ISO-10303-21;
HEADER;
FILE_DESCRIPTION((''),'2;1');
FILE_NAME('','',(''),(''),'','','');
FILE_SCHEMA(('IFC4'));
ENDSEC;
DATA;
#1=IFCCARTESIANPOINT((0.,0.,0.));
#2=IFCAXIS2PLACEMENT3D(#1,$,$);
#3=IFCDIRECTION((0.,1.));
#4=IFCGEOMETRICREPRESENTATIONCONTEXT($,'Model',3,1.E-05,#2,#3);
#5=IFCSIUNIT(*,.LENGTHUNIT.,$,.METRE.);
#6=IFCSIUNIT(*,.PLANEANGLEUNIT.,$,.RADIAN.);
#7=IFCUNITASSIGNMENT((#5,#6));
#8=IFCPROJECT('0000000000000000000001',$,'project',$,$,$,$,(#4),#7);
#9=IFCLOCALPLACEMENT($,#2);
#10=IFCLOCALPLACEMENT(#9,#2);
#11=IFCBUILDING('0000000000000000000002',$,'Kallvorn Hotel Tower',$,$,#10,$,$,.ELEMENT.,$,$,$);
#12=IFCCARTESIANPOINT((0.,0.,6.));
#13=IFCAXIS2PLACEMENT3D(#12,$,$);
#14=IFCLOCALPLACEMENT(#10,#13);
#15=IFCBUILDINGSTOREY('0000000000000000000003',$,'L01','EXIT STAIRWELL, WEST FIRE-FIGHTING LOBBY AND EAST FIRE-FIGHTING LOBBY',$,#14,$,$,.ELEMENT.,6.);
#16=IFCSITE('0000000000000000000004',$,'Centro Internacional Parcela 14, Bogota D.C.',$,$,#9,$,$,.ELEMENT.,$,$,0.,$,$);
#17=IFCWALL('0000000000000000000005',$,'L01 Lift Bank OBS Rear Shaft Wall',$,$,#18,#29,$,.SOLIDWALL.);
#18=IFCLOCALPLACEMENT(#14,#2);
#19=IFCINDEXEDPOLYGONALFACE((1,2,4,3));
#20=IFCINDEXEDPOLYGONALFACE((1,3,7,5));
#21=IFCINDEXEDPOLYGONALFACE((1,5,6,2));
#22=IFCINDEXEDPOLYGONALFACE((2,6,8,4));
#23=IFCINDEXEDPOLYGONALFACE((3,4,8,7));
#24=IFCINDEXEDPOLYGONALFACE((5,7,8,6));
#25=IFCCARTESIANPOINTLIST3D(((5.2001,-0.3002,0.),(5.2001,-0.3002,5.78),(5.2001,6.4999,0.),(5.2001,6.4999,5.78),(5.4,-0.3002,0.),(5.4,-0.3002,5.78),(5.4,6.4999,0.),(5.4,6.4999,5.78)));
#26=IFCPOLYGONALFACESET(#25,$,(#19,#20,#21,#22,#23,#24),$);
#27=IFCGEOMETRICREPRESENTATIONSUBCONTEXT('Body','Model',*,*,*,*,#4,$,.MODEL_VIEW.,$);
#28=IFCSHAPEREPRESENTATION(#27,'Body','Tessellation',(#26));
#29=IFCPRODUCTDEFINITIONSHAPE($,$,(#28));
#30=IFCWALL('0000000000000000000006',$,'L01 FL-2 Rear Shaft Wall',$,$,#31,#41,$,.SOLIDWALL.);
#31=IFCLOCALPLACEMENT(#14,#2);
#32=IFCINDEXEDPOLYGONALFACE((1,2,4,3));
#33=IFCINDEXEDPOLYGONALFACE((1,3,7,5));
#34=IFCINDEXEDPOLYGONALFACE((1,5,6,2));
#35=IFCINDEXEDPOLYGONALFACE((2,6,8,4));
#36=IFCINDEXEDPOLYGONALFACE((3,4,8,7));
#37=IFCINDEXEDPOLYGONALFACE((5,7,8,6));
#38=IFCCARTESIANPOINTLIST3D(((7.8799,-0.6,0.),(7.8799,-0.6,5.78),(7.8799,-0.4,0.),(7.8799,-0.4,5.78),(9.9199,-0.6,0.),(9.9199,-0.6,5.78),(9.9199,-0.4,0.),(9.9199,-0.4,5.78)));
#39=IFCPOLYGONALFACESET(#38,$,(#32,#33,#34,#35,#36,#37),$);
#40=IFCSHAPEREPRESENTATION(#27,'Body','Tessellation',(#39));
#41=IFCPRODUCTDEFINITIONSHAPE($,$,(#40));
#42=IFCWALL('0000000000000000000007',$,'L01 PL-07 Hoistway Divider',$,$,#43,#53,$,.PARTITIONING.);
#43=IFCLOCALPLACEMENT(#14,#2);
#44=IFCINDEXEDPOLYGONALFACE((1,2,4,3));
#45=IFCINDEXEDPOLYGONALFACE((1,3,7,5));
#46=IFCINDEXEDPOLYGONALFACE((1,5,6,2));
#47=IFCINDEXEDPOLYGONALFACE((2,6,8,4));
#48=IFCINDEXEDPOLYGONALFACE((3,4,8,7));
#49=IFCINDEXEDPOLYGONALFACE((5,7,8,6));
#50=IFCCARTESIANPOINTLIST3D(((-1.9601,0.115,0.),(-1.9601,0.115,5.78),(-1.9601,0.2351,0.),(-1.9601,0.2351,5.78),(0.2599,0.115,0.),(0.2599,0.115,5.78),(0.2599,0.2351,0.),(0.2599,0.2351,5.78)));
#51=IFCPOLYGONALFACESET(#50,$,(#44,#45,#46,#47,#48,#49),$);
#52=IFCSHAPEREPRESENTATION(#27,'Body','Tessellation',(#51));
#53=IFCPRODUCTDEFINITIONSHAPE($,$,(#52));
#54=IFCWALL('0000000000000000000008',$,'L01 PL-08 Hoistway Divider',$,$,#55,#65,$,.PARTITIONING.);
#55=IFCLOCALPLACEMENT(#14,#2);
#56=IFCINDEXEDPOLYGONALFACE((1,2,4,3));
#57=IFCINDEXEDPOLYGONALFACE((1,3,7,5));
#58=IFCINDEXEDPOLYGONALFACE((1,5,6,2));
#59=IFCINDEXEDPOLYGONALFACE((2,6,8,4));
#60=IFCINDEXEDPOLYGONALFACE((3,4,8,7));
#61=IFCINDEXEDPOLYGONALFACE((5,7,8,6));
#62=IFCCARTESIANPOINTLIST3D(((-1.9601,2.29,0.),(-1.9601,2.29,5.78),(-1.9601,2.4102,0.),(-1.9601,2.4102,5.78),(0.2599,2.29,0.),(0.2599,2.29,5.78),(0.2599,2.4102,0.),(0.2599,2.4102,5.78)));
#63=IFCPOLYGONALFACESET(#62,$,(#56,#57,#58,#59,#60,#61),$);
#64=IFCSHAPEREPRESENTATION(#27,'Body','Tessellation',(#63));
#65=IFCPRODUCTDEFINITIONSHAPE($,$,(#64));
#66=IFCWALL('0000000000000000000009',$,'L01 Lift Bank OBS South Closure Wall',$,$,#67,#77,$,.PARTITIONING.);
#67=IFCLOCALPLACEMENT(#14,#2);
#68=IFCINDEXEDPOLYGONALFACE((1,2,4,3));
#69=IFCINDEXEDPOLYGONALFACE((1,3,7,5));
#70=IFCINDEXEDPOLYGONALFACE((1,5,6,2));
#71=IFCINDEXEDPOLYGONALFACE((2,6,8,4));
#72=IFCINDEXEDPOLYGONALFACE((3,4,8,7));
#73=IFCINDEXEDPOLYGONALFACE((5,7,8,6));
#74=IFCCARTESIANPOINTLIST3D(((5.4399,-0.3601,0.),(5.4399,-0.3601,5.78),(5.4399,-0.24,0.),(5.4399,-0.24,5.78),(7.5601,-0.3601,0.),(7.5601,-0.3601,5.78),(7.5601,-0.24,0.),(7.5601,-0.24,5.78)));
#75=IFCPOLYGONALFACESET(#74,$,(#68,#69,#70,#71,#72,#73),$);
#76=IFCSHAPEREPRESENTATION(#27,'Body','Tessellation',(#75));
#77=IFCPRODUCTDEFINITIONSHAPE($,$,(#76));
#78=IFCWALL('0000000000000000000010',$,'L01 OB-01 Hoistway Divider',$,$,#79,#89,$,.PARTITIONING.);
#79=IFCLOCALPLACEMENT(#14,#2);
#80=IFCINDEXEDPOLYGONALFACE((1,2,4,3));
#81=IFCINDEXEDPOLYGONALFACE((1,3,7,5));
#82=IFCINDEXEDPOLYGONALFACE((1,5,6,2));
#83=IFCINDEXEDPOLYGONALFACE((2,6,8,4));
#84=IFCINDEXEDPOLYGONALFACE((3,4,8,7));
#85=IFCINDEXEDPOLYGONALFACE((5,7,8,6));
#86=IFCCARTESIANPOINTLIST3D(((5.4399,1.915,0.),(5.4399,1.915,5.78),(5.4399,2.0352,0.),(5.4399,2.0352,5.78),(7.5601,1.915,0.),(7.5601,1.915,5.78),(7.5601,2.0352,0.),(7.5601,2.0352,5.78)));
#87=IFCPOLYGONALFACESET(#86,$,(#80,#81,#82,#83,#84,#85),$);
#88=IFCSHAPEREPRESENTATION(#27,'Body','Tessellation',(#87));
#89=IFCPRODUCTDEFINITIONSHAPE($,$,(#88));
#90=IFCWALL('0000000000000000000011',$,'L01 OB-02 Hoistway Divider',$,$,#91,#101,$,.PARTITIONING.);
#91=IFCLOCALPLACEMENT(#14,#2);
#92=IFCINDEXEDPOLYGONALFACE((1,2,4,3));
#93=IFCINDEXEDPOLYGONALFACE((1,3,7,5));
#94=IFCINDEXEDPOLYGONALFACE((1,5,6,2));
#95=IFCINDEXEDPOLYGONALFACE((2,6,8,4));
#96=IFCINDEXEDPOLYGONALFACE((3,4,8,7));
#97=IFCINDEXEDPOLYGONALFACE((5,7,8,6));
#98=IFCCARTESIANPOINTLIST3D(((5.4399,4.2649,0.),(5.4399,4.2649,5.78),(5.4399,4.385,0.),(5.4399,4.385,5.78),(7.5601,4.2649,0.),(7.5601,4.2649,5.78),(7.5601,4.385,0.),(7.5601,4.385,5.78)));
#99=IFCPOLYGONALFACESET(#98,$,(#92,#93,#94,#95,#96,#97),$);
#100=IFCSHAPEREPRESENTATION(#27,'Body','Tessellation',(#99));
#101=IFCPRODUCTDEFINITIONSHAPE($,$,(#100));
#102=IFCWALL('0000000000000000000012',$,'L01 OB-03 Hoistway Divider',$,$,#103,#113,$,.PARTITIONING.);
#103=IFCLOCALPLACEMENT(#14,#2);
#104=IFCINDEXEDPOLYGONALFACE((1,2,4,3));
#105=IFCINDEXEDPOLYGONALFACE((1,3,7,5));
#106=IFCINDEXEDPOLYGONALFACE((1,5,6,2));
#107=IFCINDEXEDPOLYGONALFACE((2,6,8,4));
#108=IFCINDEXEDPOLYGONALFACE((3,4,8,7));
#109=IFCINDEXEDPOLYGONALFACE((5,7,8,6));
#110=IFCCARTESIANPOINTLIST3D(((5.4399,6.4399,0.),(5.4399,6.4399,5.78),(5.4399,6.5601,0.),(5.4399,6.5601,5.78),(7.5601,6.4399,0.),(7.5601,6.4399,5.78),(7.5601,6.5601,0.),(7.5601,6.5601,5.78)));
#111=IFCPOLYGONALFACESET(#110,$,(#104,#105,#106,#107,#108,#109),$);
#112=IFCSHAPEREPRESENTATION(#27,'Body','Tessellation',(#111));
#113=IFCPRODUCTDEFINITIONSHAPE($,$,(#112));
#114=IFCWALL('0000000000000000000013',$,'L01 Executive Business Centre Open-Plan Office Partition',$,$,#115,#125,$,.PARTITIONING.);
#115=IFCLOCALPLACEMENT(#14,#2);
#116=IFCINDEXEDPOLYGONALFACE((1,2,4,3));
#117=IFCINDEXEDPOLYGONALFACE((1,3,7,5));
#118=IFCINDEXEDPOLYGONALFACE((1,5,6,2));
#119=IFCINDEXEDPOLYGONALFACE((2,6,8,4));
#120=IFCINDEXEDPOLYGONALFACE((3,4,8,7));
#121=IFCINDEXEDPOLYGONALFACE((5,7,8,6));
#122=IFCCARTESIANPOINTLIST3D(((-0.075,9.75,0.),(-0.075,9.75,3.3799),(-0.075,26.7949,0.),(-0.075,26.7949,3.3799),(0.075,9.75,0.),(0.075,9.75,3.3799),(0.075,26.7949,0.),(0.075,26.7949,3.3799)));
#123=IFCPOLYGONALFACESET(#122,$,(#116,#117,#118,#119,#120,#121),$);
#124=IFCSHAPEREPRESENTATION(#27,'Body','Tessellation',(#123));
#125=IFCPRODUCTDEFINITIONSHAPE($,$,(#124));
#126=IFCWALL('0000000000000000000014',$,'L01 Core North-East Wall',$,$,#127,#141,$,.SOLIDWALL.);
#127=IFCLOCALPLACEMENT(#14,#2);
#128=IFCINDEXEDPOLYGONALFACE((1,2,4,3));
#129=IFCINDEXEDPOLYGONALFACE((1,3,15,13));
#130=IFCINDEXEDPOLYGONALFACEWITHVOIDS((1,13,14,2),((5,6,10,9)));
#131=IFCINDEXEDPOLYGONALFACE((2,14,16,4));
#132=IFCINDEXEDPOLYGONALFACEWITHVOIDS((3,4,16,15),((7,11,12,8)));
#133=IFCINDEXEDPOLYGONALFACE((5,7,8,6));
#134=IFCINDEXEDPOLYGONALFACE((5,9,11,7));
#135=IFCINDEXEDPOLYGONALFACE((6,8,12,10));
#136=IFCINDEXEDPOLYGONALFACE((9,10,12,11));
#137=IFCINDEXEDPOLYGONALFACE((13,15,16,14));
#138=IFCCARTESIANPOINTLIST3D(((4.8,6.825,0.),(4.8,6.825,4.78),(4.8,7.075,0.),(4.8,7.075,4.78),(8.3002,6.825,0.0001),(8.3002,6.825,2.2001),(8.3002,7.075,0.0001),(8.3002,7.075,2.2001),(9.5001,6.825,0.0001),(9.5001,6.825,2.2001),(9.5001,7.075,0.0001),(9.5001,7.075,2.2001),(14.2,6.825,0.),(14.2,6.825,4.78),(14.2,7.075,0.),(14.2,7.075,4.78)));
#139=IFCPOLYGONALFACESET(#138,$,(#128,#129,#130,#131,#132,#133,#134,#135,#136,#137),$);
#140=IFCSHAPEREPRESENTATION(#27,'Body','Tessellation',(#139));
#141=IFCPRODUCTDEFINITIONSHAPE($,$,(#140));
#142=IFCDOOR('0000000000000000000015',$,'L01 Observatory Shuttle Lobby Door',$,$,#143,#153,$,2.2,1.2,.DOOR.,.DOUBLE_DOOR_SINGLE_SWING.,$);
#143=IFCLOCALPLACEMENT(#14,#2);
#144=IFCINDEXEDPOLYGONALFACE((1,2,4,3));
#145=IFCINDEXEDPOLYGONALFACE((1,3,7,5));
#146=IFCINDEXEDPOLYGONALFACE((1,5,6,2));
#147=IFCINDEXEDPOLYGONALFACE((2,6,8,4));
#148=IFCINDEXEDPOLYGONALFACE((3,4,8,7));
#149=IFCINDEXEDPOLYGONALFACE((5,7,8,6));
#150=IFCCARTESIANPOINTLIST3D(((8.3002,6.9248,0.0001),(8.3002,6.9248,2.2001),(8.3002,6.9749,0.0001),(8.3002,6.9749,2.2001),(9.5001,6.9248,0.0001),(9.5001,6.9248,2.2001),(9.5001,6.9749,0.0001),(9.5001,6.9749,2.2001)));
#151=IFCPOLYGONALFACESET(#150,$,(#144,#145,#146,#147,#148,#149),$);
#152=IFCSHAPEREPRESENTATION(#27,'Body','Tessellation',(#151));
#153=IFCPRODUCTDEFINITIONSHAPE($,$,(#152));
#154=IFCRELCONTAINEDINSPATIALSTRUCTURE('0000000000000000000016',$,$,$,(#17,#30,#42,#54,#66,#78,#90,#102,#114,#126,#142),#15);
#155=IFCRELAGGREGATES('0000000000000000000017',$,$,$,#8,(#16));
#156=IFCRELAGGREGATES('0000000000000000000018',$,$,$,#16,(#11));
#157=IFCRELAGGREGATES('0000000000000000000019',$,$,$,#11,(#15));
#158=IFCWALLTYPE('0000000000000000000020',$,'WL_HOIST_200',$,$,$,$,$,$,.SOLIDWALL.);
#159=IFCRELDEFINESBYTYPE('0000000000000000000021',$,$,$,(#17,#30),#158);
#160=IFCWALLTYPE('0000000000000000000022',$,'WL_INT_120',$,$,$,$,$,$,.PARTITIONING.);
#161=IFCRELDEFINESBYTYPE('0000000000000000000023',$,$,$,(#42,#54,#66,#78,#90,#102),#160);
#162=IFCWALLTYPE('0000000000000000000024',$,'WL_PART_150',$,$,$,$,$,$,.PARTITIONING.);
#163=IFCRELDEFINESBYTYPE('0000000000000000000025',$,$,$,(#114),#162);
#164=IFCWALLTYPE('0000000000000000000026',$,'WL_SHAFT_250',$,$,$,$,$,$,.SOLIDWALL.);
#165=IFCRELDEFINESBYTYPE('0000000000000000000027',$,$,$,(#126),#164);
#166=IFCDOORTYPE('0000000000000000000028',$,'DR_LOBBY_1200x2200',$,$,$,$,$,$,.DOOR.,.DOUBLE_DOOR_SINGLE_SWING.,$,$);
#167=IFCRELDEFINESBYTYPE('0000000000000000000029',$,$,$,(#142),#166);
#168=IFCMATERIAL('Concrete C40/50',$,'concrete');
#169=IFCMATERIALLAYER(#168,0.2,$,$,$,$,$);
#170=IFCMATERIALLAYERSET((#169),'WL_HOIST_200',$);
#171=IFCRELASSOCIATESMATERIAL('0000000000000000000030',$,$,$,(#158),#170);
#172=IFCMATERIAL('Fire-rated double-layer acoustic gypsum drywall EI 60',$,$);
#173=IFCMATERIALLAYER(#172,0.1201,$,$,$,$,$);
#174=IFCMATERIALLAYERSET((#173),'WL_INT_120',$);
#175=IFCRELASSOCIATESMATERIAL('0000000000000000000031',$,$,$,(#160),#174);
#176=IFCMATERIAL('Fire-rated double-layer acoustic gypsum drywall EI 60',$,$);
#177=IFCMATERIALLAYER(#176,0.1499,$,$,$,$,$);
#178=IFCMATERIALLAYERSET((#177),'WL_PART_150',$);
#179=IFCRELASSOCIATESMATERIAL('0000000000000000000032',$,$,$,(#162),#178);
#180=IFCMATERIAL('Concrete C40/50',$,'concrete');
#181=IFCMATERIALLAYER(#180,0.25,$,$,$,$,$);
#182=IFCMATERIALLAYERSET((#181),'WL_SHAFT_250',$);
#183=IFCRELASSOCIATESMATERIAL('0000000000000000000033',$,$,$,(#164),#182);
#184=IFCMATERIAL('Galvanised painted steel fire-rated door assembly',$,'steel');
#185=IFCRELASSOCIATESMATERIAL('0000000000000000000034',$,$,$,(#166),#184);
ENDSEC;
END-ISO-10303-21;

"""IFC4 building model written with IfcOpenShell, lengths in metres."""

from ifc_helpers import new_model, si_unit, direction, frame, frame_2d, origin, place, context, subcontext, project, spatial, rectangle, extrude, material, layer, layer_set, type_object, element, fill, save


model = new_model("IFC4")

# Units and contexts
model_context = context("Model", 3, precision=1e-05, world=origin(), true_north=direction((0.0, 1.0)))
body_context = subcontext(model_context, "Body", "Model", "MODEL_VIEW")
ifc_project = project(units=[si_unit("LENGTHUNIT", "METRE"), si_unit("PLANEANGLEUNIT", "RADIAN")], contexts=[model_context])

# Site, building, storey
site_placement = place(None, origin())
site = spatial("IfcSite", under=ifc_project, at=site_placement, Name="Centro Internacional Parcela 14, Bogota D.C.", CompositionType="ELEMENT", RefElevation=0.0)
building_placement = place(site_placement, origin())
building = spatial("IfcBuilding", under=site, at=building_placement, Name="Kallvorn Hotel Tower", CompositionType="ELEMENT")
storey_placement = place(building_placement, frame((0.0, 0.0, 6.0)))
storey = spatial("IfcBuildingStorey", under=building, at=storey_placement, Name="L01", Description="EXIT STAIRWELL, WEST FIRE-FIGHTING LOBBY AND EAST FIRE-FIGHTING LOBBY", CompositionType="ELEMENT", Elevation=6.0)

# Walls
ifc_material_1 = material(Name="Concrete C40/50", Category="concrete")
ifc_layer_1 = layer(ifc_material_1, 0.2)
ifc_layer_set_1 = layer_set([ifc_layer_1], Name="WL_HOIST_200")
wall_type_1 = type_object("IfcWallType", Name="WL_HOIST_200", PredefinedType="SOLIDWALL", material=ifc_layer_set_1)
for number, where, z_axis, x_axis, name in (
    (1, (5.3, -0.3, 0.0), (0.0, 0.0, 1.0), (0.0, 1.0, 0.0), "L01 Lift Bank OBS Rear Shaft Wall"),
):
    element("IfcWall", number, at=place(storey_placement, frame(where, z_axis=z_axis, x_axis=x_axis)), inside=storey, type_object=wall_type_1, Name=name, PredefinedType="SOLIDWALL", context=body_context, shape_type="SweptSolid", body=[
        extrude(rectangle(XDim=6.8, YDim=0.2, at=frame_2d((3.3999, 0.0))), origin(), (0.0, 0.0, 1.0), 5.78),
    ])
wall_1_placement = place(storey_placement, frame((7.8799, -0.5, 0.0), z_axis=(0.0, 0.0, 1.0), x_axis=(1.0, 0.0, 0.0)))
element("IfcWall", 2, at=wall_1_placement, inside=storey, type_object=wall_type_1, Name="L01 FL-2 Rear Shaft Wall", PredefinedType="SOLIDWALL", context=body_context, shape_type="SweptSolid", body=[
    extrude(rectangle(XDim=2.04, YDim=0.2, at=frame_2d((1.02, 0.0))), origin(), (0.0, 0.0, 1.0), 5.78),
])
ifc_material_2 = material(Name="Fire-rated double-layer acoustic gypsum drywall EI 60")
ifc_layer_2 = layer(ifc_material_2, 0.1201)
ifc_layer_set_2 = layer_set([ifc_layer_2], Name="WL_INT_120")
wall_type_2 = type_object("IfcWallType", Name="WL_INT_120", PredefinedType="PARTITIONING", material=ifc_layer_set_2)
for number, where, z_axis, x_axis, name in (
    (3, (-1.96, 0.175, 0.0), (0.0, 0.0, 1.0), (1.0, 0.0, 0.0), "L01 PL-07 Hoistway Divider"),
    (4, (-1.96, 2.3501, 0.0), (0.0, 0.0, 1.0), (1.0, 0.0, 0.0), "L01 PL-08 Hoistway Divider"),
):
    element("IfcWall", number, at=place(storey_placement, frame(where, z_axis=z_axis, x_axis=x_axis)), inside=storey, type_object=wall_type_2, Name=name, PredefinedType="PARTITIONING", context=body_context, shape_type="SweptSolid", body=[
        extrude(rectangle(XDim=2.22, YDim=0.1201, at=frame_2d((1.1099, 0.0))), origin(), (0.0, 0.0, 1.0), 5.78),
    ])
for number, where, z_axis, x_axis, name in (
    (5, (5.4399, -0.3, 0.0), (0.0, 0.0, 1.0), (1.0, 0.0, 0.0), "L01 Lift Bank OBS South Closure Wall"),
    (6, (5.4399, 1.9751, 0.0), (0.0, 0.0, 1.0), (1.0, 0.0, 0.0), "L01 OB-01 Hoistway Divider"),
    (7, (5.4399, 4.325, 0.0), (0.0, 0.0, 1.0), (1.0, 0.0, 0.0), "L01 OB-02 Hoistway Divider"),
    (8, (5.4399, 6.5, 0.0), (0.0, 0.0, 1.0), (1.0, 0.0, 0.0), "L01 OB-03 Hoistway Divider"),
):
    element("IfcWall", number, at=place(storey_placement, frame(where, z_axis=z_axis, x_axis=x_axis)), inside=storey, type_object=wall_type_2, Name=name, PredefinedType="PARTITIONING", context=body_context, shape_type="SweptSolid", body=[
        extrude(rectangle(XDim=2.1201, YDim=0.1201, at=frame_2d((1.0601, 0.0))), origin(), (0.0, 0.0, 1.0), 5.78),
    ])
ifc_material_3 = material(Name="Fire-rated double-layer acoustic gypsum drywall EI 60")
ifc_layer_3 = layer(ifc_material_3, 0.1499)
ifc_layer_set_3 = layer_set([ifc_layer_3], Name="WL_PART_150")
wall_type_3 = type_object("IfcWallType", Name="WL_PART_150", PredefinedType="PARTITIONING", material=ifc_layer_set_3)
wall_2_placement = place(storey_placement, frame((0.0, 9.75, 0.0), z_axis=(0.0, 0.0, 1.0), x_axis=(0.0, 1.0, 0.0)))
element("IfcWall", 9, at=wall_2_placement, inside=storey, type_object=wall_type_3, Name="L01 Executive Business Centre Open-Plan Office Partition", PredefinedType="PARTITIONING", context=body_context, shape_type="SweptSolid", body=[
    extrude(rectangle(XDim=17.0449, YDim=0.1499, at=frame_2d((8.5225, 0.0))), origin(), (0.0, 0.0, 1.0), 3.3799),
])

# Wall, opening, door
ifc_material_4 = material(Name="Concrete C40/50", Category="concrete")
ifc_layer_4 = layer(ifc_material_4, 0.25)
ifc_layer_set_4 = layer_set([ifc_layer_4], Name="WL_SHAFT_250")
wall_type_4 = type_object("IfcWallType", Name="WL_SHAFT_250", PredefinedType="SOLIDWALL", material=ifc_layer_set_4)
wall_3_placement = place(storey_placement, frame((4.8, 6.95, 0.0), z_axis=(0.0, 0.0, 1.0), x_axis=(1.0, 0.0, 0.0)))
wall_3 = element("IfcWall", 10, at=wall_3_placement, inside=storey, type_object=wall_type_4, Name="L01 Core North-East Wall", PredefinedType="SOLIDWALL", context=body_context, shape_type="SweptSolid", body=[
    extrude(rectangle(XDim=9.3999, YDim=0.25, at=frame_2d((4.7, 0.0))), origin(), (0.0, 0.0, 1.0), 4.78),
])
opening_placement = place(wall_3_placement, frame((3.5, 0.0, 0.0)))
opening = element("IfcOpeningElement", 11, at=opening_placement, cuts=wall_3, PredefinedType="OPENING", context=body_context, shape_type="SweptSolid", body=[
    extrude(rectangle(XDim=1.2, YDim=2.2, at=frame_2d((0.6001, 1.1001))), frame((0.0, 0.1399, 0.0), z_axis=(0.0, -1.0, 0.0), x_axis=(1.0, 0.0, 0.0)), (0.0, 0.0, 1.0), 0.28),
])
ifc_material_5 = material(Name="Galvanised painted steel fire-rated door assembly", Category="steel")
door_type = type_object("IfcDoorType", Name="DR_LOBBY_1200x2200", OperationType="DOUBLE_DOOR_SINGLE_SWING", PredefinedType="DOOR", material=ifc_material_5)
door_placement = place(opening_placement, origin())
door = element("IfcDoor", 12, at=door_placement, inside=storey, type_object=door_type, Name="L01 Observatory Shuttle Lobby Door", OperationType="DOUBLE_DOOR_SINGLE_SWING", OverallHeight=2.2, OverallWidth=1.2, PredefinedType="DOOR", context=body_context, shape_type="SweptSolid", body=[
    extrude(rectangle(XDim=1.2, YDim=2.2, at=frame_2d((0.6001, 1.1001))), frame((0.0, 0.0249, 0.0), z_axis=(0.0, -1.0, 0.0), x_axis=(1.0, 0.0, 0.0)), (0.0, 0.0, 1.0), 0.05),
])
fill(opening, door)

save(model, "model.ifc")
